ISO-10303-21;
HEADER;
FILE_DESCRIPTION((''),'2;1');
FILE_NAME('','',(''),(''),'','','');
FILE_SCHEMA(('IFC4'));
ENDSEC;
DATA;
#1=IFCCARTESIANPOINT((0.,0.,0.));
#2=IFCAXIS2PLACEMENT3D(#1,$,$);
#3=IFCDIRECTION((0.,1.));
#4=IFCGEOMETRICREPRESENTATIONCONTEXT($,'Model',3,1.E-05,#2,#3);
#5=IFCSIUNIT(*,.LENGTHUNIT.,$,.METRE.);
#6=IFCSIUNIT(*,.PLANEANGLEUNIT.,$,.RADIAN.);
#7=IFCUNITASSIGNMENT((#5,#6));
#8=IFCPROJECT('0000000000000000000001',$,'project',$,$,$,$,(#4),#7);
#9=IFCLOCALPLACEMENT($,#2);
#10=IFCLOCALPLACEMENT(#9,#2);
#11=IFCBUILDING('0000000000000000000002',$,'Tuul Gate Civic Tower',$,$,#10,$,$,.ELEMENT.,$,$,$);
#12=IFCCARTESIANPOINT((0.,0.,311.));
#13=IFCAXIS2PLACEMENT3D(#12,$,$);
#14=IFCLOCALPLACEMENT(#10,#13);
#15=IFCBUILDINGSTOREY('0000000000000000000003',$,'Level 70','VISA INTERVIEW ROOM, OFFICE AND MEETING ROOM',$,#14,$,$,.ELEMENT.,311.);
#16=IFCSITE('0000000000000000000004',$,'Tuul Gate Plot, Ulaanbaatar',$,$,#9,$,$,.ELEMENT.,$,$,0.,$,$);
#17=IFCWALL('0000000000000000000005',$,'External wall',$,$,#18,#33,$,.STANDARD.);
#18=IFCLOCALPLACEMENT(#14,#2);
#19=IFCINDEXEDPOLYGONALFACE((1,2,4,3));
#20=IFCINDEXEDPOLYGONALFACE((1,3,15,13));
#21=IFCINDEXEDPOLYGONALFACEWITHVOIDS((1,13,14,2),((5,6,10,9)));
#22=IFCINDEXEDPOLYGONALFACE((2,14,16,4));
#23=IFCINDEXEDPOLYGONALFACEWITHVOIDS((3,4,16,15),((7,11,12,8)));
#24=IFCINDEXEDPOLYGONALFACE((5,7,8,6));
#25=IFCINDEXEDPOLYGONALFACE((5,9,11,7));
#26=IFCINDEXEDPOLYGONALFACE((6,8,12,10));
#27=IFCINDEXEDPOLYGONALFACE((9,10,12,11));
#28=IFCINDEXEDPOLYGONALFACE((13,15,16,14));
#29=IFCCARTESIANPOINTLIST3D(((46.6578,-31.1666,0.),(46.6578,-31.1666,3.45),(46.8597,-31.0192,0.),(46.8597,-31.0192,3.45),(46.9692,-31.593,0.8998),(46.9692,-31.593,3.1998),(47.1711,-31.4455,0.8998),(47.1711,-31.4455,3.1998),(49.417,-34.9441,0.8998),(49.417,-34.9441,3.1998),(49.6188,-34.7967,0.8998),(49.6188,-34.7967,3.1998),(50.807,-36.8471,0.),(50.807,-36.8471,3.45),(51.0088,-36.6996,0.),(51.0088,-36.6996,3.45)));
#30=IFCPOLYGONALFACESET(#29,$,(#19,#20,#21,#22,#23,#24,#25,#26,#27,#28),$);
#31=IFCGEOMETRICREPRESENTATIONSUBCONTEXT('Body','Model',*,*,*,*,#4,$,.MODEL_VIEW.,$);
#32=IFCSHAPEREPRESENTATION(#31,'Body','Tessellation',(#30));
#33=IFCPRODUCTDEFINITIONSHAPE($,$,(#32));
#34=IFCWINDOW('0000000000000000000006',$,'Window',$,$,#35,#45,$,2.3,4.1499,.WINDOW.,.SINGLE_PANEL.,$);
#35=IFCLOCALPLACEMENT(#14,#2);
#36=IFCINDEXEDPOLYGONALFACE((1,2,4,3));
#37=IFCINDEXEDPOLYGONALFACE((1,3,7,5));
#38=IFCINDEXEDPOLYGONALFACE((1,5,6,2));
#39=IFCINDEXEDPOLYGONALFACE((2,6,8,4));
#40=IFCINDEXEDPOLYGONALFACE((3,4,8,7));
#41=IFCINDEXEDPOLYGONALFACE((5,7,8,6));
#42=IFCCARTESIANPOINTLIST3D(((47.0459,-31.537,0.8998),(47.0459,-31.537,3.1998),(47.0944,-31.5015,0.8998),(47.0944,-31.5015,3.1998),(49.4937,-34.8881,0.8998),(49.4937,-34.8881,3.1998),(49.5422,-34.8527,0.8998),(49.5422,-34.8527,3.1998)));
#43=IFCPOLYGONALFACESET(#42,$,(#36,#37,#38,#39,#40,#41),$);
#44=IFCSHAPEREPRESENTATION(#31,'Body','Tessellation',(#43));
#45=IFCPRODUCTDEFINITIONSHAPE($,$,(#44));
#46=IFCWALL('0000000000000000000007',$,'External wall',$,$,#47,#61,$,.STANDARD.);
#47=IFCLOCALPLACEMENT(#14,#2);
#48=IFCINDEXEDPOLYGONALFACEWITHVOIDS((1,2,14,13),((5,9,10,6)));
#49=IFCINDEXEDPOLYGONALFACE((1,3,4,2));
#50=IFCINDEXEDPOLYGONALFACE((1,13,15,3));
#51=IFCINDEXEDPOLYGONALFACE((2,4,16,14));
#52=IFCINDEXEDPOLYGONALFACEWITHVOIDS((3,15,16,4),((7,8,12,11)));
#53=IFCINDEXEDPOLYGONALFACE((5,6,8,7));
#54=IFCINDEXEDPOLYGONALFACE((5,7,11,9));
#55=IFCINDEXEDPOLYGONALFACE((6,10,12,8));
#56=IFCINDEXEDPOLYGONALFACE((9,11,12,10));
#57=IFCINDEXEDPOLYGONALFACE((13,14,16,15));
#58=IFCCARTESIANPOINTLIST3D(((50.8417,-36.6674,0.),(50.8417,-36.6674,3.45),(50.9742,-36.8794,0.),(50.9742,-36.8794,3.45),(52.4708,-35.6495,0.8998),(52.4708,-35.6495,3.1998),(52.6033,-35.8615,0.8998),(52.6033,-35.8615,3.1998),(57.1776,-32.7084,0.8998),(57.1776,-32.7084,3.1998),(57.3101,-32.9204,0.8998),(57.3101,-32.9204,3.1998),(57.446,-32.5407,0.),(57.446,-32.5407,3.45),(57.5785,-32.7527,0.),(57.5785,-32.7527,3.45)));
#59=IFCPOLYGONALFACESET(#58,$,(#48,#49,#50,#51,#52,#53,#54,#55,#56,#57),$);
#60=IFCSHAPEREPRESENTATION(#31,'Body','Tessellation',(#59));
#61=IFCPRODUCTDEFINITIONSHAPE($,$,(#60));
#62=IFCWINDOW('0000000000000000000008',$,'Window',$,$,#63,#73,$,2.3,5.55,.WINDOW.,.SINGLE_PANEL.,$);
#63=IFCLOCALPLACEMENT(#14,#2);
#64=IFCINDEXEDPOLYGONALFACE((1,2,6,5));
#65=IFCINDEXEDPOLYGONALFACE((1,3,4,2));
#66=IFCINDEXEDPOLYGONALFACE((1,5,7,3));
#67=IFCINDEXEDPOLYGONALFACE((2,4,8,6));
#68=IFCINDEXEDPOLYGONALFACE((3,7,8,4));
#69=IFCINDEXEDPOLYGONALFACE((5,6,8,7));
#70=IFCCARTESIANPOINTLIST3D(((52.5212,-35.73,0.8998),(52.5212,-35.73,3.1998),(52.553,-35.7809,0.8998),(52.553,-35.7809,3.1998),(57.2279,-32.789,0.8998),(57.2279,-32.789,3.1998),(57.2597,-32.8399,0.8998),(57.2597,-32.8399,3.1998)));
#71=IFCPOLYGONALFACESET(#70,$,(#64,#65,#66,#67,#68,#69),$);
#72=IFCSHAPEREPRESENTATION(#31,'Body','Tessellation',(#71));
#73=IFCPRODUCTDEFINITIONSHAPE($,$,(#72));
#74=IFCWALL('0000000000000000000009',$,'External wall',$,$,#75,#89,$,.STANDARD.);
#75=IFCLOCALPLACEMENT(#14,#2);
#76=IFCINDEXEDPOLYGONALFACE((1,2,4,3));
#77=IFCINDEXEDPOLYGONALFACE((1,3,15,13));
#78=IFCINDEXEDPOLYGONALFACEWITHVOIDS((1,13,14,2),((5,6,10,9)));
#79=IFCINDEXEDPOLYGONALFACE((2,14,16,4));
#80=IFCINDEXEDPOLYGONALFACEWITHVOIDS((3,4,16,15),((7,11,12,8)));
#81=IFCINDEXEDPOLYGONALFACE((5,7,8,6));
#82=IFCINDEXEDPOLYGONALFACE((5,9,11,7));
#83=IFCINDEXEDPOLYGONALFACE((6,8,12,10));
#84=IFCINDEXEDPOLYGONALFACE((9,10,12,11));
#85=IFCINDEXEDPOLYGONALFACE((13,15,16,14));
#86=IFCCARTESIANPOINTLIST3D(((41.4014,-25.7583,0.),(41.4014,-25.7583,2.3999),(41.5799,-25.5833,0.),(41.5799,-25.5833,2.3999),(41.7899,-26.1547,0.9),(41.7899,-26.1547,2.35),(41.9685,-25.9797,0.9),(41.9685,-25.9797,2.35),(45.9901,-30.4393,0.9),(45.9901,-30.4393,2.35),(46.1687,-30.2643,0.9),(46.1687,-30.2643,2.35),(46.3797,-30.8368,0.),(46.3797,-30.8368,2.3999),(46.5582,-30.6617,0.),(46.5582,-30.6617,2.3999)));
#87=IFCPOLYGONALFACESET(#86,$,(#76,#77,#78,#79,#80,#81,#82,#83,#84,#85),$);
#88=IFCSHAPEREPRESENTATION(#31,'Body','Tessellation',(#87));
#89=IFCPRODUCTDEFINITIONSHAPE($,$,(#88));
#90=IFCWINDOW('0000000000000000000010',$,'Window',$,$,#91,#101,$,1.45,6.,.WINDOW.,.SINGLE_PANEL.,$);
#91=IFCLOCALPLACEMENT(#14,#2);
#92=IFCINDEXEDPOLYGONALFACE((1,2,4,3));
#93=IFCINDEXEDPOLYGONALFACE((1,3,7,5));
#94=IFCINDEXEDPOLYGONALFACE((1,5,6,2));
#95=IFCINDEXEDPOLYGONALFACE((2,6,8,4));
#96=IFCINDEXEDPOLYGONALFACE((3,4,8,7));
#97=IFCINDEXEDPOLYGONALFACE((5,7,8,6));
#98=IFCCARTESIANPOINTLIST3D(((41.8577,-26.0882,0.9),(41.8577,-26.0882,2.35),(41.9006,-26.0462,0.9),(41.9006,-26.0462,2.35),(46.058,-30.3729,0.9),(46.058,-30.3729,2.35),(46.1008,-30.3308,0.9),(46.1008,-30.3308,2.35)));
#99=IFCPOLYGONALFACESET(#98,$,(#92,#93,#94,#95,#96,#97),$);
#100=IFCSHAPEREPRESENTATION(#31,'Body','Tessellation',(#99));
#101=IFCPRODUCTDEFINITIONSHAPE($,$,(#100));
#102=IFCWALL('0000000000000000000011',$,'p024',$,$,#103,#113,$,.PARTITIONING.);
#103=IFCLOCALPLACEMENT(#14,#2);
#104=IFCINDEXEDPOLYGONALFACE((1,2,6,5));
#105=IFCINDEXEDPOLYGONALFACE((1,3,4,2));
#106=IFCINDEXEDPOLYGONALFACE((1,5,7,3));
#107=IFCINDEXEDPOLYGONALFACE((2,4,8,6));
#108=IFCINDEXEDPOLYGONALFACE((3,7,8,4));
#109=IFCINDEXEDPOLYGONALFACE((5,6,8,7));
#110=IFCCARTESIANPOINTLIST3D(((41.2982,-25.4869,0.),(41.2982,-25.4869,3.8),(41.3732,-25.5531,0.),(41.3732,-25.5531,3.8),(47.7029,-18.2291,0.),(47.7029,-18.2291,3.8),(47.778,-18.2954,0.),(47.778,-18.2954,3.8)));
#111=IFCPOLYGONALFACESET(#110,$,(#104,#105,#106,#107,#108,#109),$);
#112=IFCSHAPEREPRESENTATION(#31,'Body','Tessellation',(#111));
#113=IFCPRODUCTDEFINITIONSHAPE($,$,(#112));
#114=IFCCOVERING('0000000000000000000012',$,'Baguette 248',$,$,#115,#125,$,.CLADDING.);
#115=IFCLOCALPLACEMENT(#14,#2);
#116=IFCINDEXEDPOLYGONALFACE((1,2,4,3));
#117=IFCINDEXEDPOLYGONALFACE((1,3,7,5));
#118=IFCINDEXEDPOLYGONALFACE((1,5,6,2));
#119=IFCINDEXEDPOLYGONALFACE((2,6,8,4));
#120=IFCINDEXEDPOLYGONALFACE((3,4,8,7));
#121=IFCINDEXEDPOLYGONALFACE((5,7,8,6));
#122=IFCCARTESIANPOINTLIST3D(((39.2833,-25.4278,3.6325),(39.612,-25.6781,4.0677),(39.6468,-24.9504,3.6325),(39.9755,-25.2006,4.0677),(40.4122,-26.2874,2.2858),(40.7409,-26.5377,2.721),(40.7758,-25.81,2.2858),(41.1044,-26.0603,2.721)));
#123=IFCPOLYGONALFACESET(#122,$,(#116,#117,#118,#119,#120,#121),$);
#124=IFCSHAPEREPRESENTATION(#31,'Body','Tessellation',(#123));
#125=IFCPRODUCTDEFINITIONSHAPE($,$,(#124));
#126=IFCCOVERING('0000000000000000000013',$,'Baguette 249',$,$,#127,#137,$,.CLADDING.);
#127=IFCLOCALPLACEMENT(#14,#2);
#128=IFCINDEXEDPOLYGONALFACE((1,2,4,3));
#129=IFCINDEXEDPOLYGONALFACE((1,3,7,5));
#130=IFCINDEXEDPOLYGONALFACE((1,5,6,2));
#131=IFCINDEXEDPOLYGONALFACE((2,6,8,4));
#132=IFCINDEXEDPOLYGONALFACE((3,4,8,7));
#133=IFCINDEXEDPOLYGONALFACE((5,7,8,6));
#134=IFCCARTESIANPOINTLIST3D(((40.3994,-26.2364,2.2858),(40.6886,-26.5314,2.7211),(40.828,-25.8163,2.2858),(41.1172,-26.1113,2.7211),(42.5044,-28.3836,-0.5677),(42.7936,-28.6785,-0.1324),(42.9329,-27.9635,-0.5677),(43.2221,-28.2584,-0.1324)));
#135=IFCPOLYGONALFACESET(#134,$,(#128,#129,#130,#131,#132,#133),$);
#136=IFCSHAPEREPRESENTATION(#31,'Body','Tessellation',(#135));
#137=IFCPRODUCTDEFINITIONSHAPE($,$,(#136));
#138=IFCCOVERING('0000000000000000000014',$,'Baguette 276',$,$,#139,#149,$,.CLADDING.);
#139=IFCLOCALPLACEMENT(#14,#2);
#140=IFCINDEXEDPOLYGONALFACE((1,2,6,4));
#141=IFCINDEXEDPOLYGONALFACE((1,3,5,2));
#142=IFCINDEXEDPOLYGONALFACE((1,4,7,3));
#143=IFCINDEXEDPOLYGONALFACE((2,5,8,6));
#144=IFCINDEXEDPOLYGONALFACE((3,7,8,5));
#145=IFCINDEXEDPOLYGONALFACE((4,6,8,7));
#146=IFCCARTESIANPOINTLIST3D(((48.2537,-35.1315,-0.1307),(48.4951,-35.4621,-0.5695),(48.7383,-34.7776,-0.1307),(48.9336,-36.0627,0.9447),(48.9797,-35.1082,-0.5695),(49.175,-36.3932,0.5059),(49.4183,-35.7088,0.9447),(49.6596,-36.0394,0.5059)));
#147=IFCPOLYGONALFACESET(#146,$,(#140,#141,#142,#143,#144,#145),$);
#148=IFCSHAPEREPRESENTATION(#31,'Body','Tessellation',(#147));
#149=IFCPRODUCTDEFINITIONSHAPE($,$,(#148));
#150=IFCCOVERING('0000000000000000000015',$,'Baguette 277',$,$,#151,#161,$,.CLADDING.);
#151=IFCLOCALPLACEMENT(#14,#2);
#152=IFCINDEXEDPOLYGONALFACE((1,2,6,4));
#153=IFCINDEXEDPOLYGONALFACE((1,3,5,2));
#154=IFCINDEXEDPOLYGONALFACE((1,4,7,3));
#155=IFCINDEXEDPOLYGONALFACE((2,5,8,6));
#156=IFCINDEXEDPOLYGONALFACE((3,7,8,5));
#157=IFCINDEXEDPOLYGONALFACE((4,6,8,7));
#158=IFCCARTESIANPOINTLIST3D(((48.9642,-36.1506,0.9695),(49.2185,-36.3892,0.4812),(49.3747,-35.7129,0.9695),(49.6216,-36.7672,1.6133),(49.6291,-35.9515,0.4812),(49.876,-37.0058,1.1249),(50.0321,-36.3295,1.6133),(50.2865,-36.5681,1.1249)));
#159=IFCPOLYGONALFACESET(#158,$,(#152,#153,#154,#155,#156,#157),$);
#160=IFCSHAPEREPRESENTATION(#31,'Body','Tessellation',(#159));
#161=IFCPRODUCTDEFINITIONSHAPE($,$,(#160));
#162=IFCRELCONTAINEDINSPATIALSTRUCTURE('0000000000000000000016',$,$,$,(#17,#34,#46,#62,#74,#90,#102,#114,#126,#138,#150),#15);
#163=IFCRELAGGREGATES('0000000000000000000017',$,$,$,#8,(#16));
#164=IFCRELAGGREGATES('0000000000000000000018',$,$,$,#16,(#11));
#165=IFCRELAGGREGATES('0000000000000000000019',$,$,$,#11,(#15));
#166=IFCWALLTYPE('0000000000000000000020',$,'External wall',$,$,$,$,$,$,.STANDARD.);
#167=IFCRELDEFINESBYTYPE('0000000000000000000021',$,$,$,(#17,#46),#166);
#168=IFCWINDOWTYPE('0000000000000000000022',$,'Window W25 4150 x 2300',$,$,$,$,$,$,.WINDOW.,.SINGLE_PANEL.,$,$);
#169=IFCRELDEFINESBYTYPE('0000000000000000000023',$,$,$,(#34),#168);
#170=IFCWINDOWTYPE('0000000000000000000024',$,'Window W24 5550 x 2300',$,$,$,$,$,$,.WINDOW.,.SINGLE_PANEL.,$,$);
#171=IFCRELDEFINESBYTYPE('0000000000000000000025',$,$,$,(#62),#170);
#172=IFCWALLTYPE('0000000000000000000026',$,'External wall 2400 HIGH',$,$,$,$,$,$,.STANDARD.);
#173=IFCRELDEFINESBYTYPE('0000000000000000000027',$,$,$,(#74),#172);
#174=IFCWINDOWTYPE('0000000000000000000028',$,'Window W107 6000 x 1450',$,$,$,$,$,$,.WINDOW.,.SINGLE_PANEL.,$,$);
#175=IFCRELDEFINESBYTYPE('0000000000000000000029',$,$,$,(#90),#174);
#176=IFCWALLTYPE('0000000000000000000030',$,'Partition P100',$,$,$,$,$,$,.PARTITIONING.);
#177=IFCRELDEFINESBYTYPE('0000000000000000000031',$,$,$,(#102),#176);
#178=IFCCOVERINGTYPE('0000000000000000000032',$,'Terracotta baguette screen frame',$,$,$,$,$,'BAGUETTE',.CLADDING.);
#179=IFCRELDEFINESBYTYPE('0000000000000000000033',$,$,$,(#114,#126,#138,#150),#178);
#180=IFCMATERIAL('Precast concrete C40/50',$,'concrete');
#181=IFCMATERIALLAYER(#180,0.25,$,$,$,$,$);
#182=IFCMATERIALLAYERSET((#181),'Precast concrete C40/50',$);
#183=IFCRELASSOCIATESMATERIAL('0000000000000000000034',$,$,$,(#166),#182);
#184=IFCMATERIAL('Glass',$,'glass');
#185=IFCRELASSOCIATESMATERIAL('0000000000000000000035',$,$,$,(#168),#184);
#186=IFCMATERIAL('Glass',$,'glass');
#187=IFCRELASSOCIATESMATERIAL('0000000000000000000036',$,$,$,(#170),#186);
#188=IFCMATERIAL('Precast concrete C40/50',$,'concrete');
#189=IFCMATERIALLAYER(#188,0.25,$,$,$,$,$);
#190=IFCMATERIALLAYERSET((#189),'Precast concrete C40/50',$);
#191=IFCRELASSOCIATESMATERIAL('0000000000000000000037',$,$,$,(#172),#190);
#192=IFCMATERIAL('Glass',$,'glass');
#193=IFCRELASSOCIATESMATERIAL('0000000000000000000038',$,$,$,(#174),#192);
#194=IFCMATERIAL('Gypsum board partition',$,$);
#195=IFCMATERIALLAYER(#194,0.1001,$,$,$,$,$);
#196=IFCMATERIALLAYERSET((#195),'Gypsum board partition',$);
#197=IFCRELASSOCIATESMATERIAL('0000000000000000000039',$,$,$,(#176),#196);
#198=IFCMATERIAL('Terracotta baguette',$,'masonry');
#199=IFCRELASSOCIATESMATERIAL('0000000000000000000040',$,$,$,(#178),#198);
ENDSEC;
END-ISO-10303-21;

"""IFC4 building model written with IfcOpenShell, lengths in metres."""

from ifc_helpers import new_model, si_unit, direction, frame, frame_2d, origin, origin_2d, place, context, subcontext, project, spatial, rectangle, extrude, material, layer, layer_set, material_profile, profile_set, type_object, element, fill, save


model = new_model("IFC4")

# Units and contexts
model_context = context("Model", 3, precision=1e-05, world=origin(), true_north=direction((0.0, 1.0)))
body_context = subcontext(model_context, "Body", "Model", "MODEL_VIEW")
ifc_project = project(units=[si_unit("LENGTHUNIT", "METRE"), si_unit("PLANEANGLEUNIT", "RADIAN")], contexts=[model_context])

# Site, building, storey
site_placement = place(None, origin())
site = spatial("IfcSite", under=ifc_project, at=site_placement, Name="Tuul Gate Plot, Ulaanbaatar", CompositionType="ELEMENT", RefElevation=0.0)
building_placement = place(site_placement, origin())
building = spatial("IfcBuilding", under=site, at=building_placement, Name="Tuul Gate Civic Tower", CompositionType="ELEMENT")
storey_placement = place(building_placement, frame((0.0, 0.0, 311.0)))
storey = spatial("IfcBuildingStorey", under=building, at=storey_placement, Name="Level 70", Description="VISA INTERVIEW ROOM, OFFICE AND MEETING ROOM", CompositionType="ELEMENT", Elevation=311.0)

# Walls, openings, windows
ifc_material_1 = material(Name="Precast concrete C40/50", Category="concrete")
ifc_layer_1 = layer(ifc_material_1, 0.25)
ifc_layer_set_1 = layer_set([ifc_layer_1], Name="Precast concrete C40/50")
wall_type_1 = type_object("IfcWallType", Name="External wall", PredefinedType="STANDARD", material=ifc_layer_set_1)
wall_1_placement = place(storey_placement, frame((46.7588, -31.093, 0.0), z_axis=(0.0, 0.0, 1.0), x_axis=(0.58984, -0.80752, 0.0)))
wall_1 = element("IfcWall", 1, at=wall_1_placement, inside=storey, type_object=wall_type_1, Name="External wall", PredefinedType="STANDARD", context=body_context, shape_type="SweptSolid", body=[
    extrude(rectangle(XDim=7.0344, YDim=0.25, at=frame_2d((3.5171, 0.0))), origin(), (0.0, 0.0, 1.0), 3.45),
])
opening_1_placement = place(wall_1_placement, frame((0.5278, 0.0, 0.8999)))
opening_1 = element("IfcOpeningElement", 2, at=opening_1_placement, cuts=wall_1, PredefinedType="OPENING", context=body_context, shape_type="SweptSolid", body=[
    extrude(rectangle(XDim=4.1499, YDim=2.3, at=frame_2d((2.075, 1.1499))), frame((0.0, 0.135, 0.0), z_axis=(0.0, -1.0, 0.0), x_axis=(1.0, 0.0, 0.0)), (0.0, 0.0, 1.0), 0.27),
])
ifc_material_2 = material(Name="Glass", Category="glass")
window_type_1 = type_object("IfcWindowType", Name="Window W25 4150 x 2300", PartitioningType="SINGLE_PANEL", PredefinedType="WINDOW", material=ifc_material_2)
window_1_placement = place(opening_1_placement, origin())
window_1 = element("IfcWindow", 3, at=window_1_placement, inside=storey, type_object=window_type_1, Name="Window", OverallHeight=2.3, OverallWidth=4.1499, PartitioningType="SINGLE_PANEL", PredefinedType="WINDOW", context=body_context, shape_type="SweptSolid", body=[
    extrude(rectangle(XDim=4.1499, YDim=2.3, at=frame_2d((2.075, 1.1499))), frame((0.0, 0.03, 0.0), z_axis=(0.0, -1.0, 0.0), x_axis=(1.0, 0.0, 0.0)), (0.0, 0.0, 1.0), 0.0601),
])
fill(opening_1, window_1)
wall_2_placement = place(storey_placement, frame((50.908, -36.7734, 0.0), z_axis=(0.0, 0.0, 1.0), x_axis=(0.848053, 0.529912, 0.0)))
wall_2 = element("IfcWall", 4, at=wall_2_placement, inside=storey, type_object=wall_type_1, Name="External wall", PredefinedType="STANDARD", context=body_context, shape_type="SweptSolid", body=[
    extrude(rectangle(XDim=7.7876, YDim=0.25, at=frame_2d((3.8938, 0.0))), origin(), (0.0, 0.0, 1.0), 3.45),
])
opening_2_placement = place(wall_2_placement, frame((1.9211, 0.0, 0.8999)))
opening_2 = element("IfcOpeningElement", 5, at=opening_2_placement, cuts=wall_2, PredefinedType="OPENING", context=body_context, shape_type="SweptSolid", body=[
    extrude(rectangle(XDim=5.55, YDim=2.3, at=frame_2d((2.7749, 1.1499))), frame((0.0, 0.135, 0.0), z_axis=(0.0, -1.0, 0.0), x_axis=(1.0, 0.0, 0.0)), (0.0, 0.0, 1.0), 0.27),
])
ifc_material_3 = material(Name="Glass", Category="glass")
window_type_2 = type_object("IfcWindowType", Name="Window W24 5550 x 2300", PartitioningType="SINGLE_PANEL", PredefinedType="WINDOW", material=ifc_material_3)
window_2_placement = place(opening_2_placement, origin())
window_2 = element("IfcWindow", 6, at=window_2_placement, inside=storey, type_object=window_type_2, Name="Window", OverallHeight=2.3, OverallWidth=5.55, PartitioningType="SINGLE_PANEL", PredefinedType="WINDOW", context=body_context, shape_type="SweptSolid", body=[
    extrude(rectangle(XDim=5.55, YDim=2.3, at=frame_2d((2.7749, 1.1499))), frame((0.0, 0.03, 0.0), z_axis=(0.0, -1.0, 0.0), x_axis=(1.0, 0.0, 0.0)), (0.0, 0.0, 1.0), 0.0601),
])
fill(opening_2, window_2)
ifc_material_4 = material(Name="Precast concrete C40/50", Category="concrete")
ifc_layer_2 = layer(ifc_material_4, 0.25)
ifc_layer_set_2 = layer_set([ifc_layer_2], Name="Precast concrete C40/50")
wall_type_2 = type_object("IfcWallType", Name="External wall 2400 HIGH", PredefinedType="STANDARD", material=ifc_layer_set_2)
wall_3_placement = place(storey_placement, frame((41.4907, -25.6709, 0.0), z_axis=(0.0, 0.0, 1.0), x_axis=(0.700034, -0.71411, 0.0)))
wall_3 = element("IfcWall", 7, at=wall_3_placement, inside=storey, type_object=wall_type_2, Name="External wall", PredefinedType="STANDARD", context=body_context, shape_type="SweptSolid", body=[
    extrude(rectangle(XDim=7.1116, YDim=0.25, at=frame_2d((3.5557, 0.0))), origin(), (0.0, 0.0, 1.0), 2.3999),
])
opening_3_placement = place(wall_3_placement, frame((0.5549, 0.0, 0.8999)))
opening_3 = element("IfcOpeningElement", 8, at=opening_3_placement, cuts=wall_3, PredefinedType="OPENING", context=body_context, shape_type="SweptSolid", body=[
    extrude(rectangle(XDim=6.0, YDim=1.45, at=frame_2d((3.0, 0.7251))), frame((0.0, 0.135, 0.0), z_axis=(0.0, -1.0, 0.0), x_axis=(1.0, 0.0, 0.0)), (0.0, 0.0, 1.0), 0.27),
])
ifc_material_5 = material(Name="Glass", Category="glass")
window_type_3 = type_object("IfcWindowType", Name="Window W107 6000 x 1450", PartitioningType="SINGLE_PANEL", PredefinedType="WINDOW", material=ifc_material_5)
window_3_placement = place(opening_3_placement, origin())
window_3 = element("IfcWindow", 9, at=window_3_placement, inside=storey, type_object=window_type_3, Name="Window", OverallHeight=1.45, OverallWidth=6.0, PartitioningType="SINGLE_PANEL", PredefinedType="WINDOW", context=body_context, shape_type="SweptSolid", body=[
    extrude(rectangle(XDim=6.0, YDim=1.45, at=frame_2d((3.0, 0.7251))), frame((0.0, 0.03, 0.0), z_axis=(0.0, -1.0, 0.0), x_axis=(1.0, 0.0, 0.0)), (0.0, 0.0, 1.0), 0.0601),
])
fill(opening_3, window_3)

# Wall
ifc_material_6 = material(Name="Gypsum board partition")
ifc_layer_3 = layer(ifc_material_6, 0.1001)
ifc_layer_set_3 = layer_set([ifc_layer_3], Name="Gypsum board partition")
wall_type_3 = type_object("IfcWallType", Name="Partition P100", PredefinedType="PARTITIONING", material=ifc_layer_set_3)
wall_4_placement = place(storey_placement, frame((41.3357, -25.52, 0.0), z_axis=(0.0, 0.0, 1.0), x_axis=(0.66167, 0.749795, 0.0)))
element("IfcWall", 10, at=wall_4_placement, inside=storey, type_object=wall_type_3, Name="p024", PredefinedType="PARTITIONING", context=body_context, shape_type="SweptSolid", body=[
    extrude(rectangle(XDim=9.6797, YDim=0.1001, at=frame_2d((4.8398, 0.0))), origin(), (0.0, 0.0, 1.0), 3.8),
])

# Coverings
ifc_material_7 = material(Name="Terracotta baguette", Category="masonry")
ifc_material_profile_1 = material_profile(ifc_material_7, rectangle(XDim=0.6001, YDim=0.6001, at=origin_2d()), Name="Terracotta baguette screen frame")
ifc_profile_set_1 = profile_set([ifc_material_profile_1], Name="Terracotta baguette")
covering_type = type_object("IfcCoveringType", Name="Terracotta baguette screen frame", ElementType="BAGUETTE", PredefinedType="CLADDING", material=ifc_profile_set_1)
covering_1_placement = place(storey_placement, frame((39.6294, -25.3142, 3.8501), z_axis=(0.577076, -0.439422, -0.688398), x_axis=(0.60582, 0.795602, 0.0)))
element("IfcCovering", 11, at=covering_1_placement, inside=storey, type_object=covering_type, Name="Baguette 248", PredefinedType="CLADDING", context=body_context, shape_type="SweptSolid", body=[
    extrude(rectangle(XDim=0.6001, YDim=0.6001, at=origin_2d()), origin(), (0.0, 0.0, 1.0), 1.9563),
])
covering_2_placement = place(storey_placement, frame((40.7583, -26.1738, 2.5034), z_axis=(0.507792, -0.51798, -0.688363), x_axis=(0.714095, 0.700049, 0.0)))
element("IfcCovering", 12, at=covering_2_placement, inside=storey, type_object=covering_type, Name="Baguette 249", PredefinedType="CLADDING", context=body_context, shape_type="SweptSolid", body=[
    extrude(rectangle(XDim=0.6001, YDim=0.6001, at=origin_2d()), origin(), (0.0, 0.0, 1.0), 4.1453),
])
covering_3_placement = place(storey_placement, frame((48.6167, -35.1199, -0.3501), z_axis=(0.431242, -0.590578, 0.682091), x_axis=(0.807608, 0.589719, 0.0)))
element("IfcCovering", 13, at=covering_3_placement, inside=storey, type_object=covering_type, Name="Baguette 276", PredefinedType="CLADDING", context=body_context, shape_type="SweptSolid", body=[
    extrude(rectangle(XDim=0.6001, YDim=0.6001, at=origin_2d()), origin(), (0.0, 0.0, 1.0), 1.5767),
])
covering_4_placement = place(storey_placement, frame((49.2966, -36.051, 0.7253), z_axis=(0.593531, -0.556724, 0.581188), x_axis=(0.68413, 0.72936, 0.0)))
element("IfcCovering", 14, at=covering_4_placement, inside=storey, type_object=covering_type, Name="Baguette 277", PredefinedType="CLADDING", context=body_context, shape_type="SweptSolid", body=[
    extrude(rectangle(XDim=0.6001, YDim=0.6001, at=origin_2d()), origin(), (0.0, 0.0, 1.0), 1.1077),
])

save(model, "model.ifc")
